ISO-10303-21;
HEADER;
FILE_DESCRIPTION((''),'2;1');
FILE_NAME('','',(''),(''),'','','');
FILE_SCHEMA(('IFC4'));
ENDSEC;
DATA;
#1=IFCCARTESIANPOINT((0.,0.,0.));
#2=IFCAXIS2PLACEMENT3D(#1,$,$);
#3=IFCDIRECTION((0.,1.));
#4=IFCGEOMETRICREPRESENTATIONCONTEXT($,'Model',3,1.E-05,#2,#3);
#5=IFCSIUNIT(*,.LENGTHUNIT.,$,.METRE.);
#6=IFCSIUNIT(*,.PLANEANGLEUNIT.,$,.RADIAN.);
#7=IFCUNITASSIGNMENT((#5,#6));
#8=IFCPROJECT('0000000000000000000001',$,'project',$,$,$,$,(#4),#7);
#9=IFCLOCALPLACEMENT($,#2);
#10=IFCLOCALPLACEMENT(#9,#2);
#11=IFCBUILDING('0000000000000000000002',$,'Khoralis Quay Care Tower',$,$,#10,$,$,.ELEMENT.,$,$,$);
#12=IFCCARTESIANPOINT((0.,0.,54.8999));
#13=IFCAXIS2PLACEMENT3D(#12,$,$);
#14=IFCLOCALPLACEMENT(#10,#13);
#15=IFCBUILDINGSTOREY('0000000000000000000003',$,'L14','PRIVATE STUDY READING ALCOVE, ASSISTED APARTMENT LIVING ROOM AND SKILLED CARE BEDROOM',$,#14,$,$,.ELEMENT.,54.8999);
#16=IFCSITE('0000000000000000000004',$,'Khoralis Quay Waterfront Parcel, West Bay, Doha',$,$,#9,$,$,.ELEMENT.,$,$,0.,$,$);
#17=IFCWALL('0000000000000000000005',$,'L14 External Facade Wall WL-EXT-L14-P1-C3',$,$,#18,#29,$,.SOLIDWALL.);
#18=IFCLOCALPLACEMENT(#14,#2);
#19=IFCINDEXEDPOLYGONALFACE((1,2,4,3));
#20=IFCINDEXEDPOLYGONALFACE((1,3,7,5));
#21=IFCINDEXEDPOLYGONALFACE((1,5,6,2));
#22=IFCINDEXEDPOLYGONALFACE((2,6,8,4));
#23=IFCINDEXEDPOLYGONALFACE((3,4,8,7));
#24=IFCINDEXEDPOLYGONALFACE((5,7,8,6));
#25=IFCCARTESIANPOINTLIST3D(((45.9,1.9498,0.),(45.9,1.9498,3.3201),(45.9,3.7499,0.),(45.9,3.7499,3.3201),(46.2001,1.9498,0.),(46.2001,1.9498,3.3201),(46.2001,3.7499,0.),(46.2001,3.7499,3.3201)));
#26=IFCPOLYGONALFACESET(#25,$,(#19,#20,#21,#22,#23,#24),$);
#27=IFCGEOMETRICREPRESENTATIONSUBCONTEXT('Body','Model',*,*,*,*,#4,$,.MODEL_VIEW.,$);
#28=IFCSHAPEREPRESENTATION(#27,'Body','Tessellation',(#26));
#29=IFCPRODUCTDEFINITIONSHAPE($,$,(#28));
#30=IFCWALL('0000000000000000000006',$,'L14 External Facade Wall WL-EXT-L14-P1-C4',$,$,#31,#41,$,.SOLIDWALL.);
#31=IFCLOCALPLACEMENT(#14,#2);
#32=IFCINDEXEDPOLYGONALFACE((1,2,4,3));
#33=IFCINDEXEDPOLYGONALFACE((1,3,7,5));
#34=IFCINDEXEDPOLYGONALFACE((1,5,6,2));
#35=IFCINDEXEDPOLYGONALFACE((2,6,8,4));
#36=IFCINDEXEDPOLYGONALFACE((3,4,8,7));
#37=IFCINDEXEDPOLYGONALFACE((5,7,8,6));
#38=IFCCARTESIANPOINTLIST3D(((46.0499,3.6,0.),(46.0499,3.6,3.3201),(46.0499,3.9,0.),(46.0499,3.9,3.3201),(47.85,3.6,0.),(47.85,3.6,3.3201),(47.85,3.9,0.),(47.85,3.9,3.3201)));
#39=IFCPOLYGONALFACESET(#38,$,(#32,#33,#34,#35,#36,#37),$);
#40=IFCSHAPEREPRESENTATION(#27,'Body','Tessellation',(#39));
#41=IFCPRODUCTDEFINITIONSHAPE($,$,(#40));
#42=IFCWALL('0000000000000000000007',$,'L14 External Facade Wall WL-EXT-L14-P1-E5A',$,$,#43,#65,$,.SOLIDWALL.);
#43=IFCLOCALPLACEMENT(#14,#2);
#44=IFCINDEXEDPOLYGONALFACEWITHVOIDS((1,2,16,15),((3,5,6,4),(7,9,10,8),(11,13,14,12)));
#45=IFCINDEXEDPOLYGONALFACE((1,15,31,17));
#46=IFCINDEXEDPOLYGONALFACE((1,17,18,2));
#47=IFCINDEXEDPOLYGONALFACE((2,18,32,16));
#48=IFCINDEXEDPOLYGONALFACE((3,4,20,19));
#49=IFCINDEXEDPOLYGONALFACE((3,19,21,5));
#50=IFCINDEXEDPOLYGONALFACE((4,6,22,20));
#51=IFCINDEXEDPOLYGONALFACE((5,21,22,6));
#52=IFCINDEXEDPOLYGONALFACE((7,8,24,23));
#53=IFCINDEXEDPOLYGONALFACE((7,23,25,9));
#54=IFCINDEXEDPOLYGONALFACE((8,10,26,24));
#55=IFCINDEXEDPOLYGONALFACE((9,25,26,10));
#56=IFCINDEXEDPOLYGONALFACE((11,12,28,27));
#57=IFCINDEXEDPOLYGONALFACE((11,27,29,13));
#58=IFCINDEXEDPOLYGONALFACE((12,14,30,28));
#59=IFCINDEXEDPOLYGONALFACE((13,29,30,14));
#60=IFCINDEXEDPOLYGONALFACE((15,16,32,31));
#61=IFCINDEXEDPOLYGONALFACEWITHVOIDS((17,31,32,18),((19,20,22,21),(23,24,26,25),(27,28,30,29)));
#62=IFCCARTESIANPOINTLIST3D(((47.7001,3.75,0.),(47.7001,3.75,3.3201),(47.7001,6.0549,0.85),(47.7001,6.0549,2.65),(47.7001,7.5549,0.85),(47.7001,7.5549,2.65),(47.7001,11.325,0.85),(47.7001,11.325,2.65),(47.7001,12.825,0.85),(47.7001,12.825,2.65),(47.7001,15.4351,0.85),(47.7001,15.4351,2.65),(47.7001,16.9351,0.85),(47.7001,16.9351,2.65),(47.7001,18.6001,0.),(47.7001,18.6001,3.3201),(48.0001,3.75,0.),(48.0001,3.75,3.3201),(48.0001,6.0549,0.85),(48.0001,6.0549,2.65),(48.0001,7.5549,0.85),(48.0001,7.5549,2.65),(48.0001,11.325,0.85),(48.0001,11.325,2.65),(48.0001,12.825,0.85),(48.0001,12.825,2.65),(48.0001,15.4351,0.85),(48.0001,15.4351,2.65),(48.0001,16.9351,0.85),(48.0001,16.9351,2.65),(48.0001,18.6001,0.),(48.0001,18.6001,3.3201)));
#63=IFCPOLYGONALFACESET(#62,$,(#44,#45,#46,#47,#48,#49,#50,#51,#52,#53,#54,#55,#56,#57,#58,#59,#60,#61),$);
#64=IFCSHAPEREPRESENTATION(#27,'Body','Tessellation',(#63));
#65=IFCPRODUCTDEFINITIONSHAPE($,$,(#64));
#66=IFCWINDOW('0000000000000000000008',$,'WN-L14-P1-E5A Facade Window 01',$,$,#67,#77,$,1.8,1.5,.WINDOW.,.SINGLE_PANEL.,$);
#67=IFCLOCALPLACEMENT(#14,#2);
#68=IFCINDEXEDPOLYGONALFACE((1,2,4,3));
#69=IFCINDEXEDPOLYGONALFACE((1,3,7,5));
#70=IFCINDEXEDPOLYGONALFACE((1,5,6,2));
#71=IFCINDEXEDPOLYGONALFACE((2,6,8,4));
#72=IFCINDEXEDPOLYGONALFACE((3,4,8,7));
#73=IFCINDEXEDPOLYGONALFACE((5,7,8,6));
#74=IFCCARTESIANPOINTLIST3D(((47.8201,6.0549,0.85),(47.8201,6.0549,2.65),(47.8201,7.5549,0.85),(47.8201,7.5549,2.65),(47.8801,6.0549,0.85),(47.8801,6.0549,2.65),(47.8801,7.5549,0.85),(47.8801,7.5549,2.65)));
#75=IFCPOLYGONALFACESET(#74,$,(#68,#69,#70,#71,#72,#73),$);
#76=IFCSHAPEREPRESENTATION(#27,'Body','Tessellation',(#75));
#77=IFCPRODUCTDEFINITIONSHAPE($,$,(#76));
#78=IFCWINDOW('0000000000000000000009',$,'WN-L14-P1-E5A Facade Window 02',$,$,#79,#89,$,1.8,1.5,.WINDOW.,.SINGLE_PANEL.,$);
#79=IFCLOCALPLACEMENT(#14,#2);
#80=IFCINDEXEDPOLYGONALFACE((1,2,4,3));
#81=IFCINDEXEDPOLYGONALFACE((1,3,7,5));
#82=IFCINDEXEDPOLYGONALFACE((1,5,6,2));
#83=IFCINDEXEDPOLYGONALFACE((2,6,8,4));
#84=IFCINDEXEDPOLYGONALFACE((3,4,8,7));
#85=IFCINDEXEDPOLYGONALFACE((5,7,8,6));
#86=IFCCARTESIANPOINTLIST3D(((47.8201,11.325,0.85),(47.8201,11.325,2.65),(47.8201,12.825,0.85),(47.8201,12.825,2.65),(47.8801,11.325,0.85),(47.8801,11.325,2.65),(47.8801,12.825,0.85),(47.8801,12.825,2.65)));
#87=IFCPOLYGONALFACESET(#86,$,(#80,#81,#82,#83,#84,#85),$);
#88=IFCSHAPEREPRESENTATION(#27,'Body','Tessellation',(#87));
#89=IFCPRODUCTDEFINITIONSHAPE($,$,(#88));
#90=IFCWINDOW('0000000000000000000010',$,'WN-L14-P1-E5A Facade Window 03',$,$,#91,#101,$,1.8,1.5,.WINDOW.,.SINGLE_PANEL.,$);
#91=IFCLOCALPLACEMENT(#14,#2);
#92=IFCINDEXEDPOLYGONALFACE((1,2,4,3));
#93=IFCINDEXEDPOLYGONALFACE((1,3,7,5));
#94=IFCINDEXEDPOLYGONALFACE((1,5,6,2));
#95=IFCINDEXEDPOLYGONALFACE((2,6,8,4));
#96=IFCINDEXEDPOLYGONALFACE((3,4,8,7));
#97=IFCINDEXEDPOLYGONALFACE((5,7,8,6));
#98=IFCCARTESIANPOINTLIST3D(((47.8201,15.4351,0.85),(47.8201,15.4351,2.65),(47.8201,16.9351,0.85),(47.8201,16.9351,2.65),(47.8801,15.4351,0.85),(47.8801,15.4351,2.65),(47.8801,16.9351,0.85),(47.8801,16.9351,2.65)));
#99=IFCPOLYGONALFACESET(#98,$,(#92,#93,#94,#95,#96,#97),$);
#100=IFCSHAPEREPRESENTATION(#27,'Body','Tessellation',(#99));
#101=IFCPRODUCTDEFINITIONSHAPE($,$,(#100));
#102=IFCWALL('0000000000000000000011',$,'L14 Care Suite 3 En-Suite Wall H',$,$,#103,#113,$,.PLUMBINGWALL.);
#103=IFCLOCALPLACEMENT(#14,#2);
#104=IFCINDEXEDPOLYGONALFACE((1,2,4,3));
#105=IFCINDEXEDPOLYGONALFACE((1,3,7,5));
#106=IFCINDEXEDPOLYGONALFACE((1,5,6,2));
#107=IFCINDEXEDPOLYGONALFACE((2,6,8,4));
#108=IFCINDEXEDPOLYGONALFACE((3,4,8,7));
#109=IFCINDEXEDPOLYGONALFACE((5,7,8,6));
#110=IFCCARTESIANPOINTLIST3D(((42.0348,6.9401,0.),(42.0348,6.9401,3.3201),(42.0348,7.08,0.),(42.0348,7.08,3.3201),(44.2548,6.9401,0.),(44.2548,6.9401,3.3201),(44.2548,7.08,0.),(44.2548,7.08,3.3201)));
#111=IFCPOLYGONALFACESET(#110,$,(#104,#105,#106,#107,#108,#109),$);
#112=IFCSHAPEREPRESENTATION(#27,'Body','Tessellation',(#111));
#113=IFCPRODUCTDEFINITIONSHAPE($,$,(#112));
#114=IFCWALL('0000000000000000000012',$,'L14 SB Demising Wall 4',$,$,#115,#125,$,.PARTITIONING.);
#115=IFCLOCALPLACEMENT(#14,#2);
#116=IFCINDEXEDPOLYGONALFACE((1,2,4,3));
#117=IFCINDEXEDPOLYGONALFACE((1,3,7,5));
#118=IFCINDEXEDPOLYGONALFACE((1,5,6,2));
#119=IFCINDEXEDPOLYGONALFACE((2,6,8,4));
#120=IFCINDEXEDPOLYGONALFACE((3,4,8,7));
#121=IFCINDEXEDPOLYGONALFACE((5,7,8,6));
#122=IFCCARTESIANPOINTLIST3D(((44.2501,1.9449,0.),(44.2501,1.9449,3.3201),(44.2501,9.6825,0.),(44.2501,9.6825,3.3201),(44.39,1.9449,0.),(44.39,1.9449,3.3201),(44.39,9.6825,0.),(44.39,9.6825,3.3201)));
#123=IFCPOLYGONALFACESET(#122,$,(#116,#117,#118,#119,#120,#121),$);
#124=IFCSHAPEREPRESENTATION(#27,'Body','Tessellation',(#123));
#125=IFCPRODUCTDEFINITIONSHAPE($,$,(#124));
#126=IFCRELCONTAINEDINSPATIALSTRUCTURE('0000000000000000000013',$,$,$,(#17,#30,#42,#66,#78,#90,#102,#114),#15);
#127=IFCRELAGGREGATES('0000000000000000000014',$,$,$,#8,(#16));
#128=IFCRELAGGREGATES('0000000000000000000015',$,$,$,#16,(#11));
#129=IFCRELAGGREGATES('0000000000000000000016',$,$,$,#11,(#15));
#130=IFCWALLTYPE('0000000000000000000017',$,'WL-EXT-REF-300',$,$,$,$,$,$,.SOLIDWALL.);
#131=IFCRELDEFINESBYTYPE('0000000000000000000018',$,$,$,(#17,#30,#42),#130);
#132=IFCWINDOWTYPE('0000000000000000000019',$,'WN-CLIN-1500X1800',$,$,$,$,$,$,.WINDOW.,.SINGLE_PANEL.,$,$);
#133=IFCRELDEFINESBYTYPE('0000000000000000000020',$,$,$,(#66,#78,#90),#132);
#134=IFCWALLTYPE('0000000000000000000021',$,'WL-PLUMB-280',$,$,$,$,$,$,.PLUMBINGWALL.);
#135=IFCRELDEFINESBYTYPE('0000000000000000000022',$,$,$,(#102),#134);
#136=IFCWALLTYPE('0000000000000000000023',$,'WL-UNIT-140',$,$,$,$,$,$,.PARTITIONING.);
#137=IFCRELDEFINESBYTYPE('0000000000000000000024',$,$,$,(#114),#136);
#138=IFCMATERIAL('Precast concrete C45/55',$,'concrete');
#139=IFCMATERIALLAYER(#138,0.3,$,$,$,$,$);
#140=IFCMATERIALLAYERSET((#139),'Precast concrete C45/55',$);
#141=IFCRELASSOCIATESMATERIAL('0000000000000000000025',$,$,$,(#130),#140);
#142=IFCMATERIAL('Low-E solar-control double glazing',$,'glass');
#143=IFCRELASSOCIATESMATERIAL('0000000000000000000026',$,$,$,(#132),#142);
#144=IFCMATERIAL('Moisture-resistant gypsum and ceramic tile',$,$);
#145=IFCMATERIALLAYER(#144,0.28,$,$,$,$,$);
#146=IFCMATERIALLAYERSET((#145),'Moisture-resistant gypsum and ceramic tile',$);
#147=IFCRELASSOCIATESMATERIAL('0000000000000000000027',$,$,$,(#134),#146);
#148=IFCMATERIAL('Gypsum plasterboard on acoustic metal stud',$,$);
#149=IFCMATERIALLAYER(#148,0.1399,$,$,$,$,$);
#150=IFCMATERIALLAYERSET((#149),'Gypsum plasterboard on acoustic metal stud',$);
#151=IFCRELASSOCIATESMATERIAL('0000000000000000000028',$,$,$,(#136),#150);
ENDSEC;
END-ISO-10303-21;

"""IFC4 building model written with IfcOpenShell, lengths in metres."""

from ifc_helpers import new_model, si_unit, direction, frame, frame_2d, origin, place, context, subcontext, project, spatial, rectangle, extrude, source, transform, mapped, material, layer, layer_set, type_object, element, fill, save


model = new_model("IFC4")

# Units and contexts
model_context = context("Model", 3, precision=1e-05, world=origin(), true_north=direction((0.0, 1.0)))
body_context = subcontext(model_context, "Body", "Model", "MODEL_VIEW")
ifc_project = project(units=[si_unit("LENGTHUNIT", "METRE"), si_unit("PLANEANGLEUNIT", "RADIAN")], contexts=[model_context])

# Site, building, storey
site_placement = place(None, origin())
site = spatial("IfcSite", under=ifc_project, at=site_placement, Name="Khoralis Quay Waterfront Parcel, West Bay, Doha", CompositionType="ELEMENT", RefElevation=0.0)
building_placement = place(site_placement, origin())
building = spatial("IfcBuilding", under=site, at=building_placement, Name="Khoralis Quay Care Tower", CompositionType="ELEMENT")
storey_placement = place(building_placement, frame((0.0, 0.0, 54.8999)))
storey = spatial("IfcBuildingStorey", under=building, at=storey_placement, Name="L14", Description="PRIVATE STUDY READING ALCOVE, ASSISTED APARTMENT LIVING ROOM AND SKILLED CARE BEDROOM", CompositionType="ELEMENT", Elevation=54.8999)

# Walls
ifc_material_1 = material(Name="Precast concrete C45/55", Category="concrete")
ifc_layer_1 = layer(ifc_material_1, 0.3)
ifc_layer_set_1 = layer_set([ifc_layer_1], Name="Precast concrete C45/55")
wall_type_1 = type_object("IfcWallType", Name="WL-EXT-REF-300", PredefinedType="SOLIDWALL", material=ifc_layer_set_1)
for number, where, z_axis, x_axis, name in (
    (1, (46.05, 1.95, 0.0), (0.0, 0.0, 1.0), (0.0, 1.0, 0.0), "L14 External Facade Wall WL-EXT-L14-P1-C3"),
    (2, (46.05, 3.75, 0.0), (0.0, 0.0, 1.0), (1.0, 0.0, 0.0), "L14 External Facade Wall WL-EXT-L14-P1-C4"),
):
    element("IfcWall", number, at=place(storey_placement, frame(where, z_axis=z_axis, x_axis=x_axis)), inside=storey, type_object=wall_type_1, Name=name, PredefinedType="SOLIDWALL", context=body_context, shape_type="SweptSolid", body=[
        extrude(rectangle(XDim=1.8, YDim=0.3, at=frame_2d((0.8999, 0.0))), origin(), (0.0, 0.0, 1.0), 3.3201),
    ])

# Wall, openings, windows
wall_1_placement = place(storey_placement, frame((47.8501, 3.75, 0.0), z_axis=(0.0, 0.0, 1.0), x_axis=(0.0, 1.0, 0.0)))
wall_1 = element("IfcWall", 3, at=wall_1_placement, inside=storey, type_object=wall_type_1, Name="L14 External Facade Wall WL-EXT-L14-P1-E5A", PredefinedType="SOLIDWALL", context=body_context, shape_type="SweptSolid", body=[
    extrude(rectangle(XDim=14.8501, YDim=0.3, at=frame_2d((7.425, 0.0))), origin(), (0.0, 0.0, 1.0), 3.3201),
])
opening_1_placement = place(wall_1_placement, frame((2.3049, 0.0, 0.8501)))
opening_1 = element("IfcOpeningElement", 4, at=opening_1_placement, cuts=wall_1, PredefinedType="OPENING", context=body_context, shape_type="SweptSolid", body=[
    extrude(rectangle(XDim=1.5, YDim=1.8, at=frame_2d((0.75, 0.8999))), frame((0.0, 0.1602, 0.0), z_axis=(0.0, -1.0, 0.0), x_axis=(1.0, 0.0, 0.0)), (0.0, 0.0, 1.0), 0.3201),
])
opening_2_placement = place(wall_1_placement, frame((7.575, 0.0, 0.8501)))
opening_2 = element("IfcOpeningElement", 5, at=opening_2_placement, cuts=wall_1, PredefinedType="OPENING", context=body_context, shape_type="SweptSolid", body=[
    extrude(rectangle(XDim=1.5, YDim=1.8, at=frame_2d((0.75, 0.8999))), frame((0.0, 0.1602, 0.0), z_axis=(0.0, -1.0, 0.0), x_axis=(1.0, 0.0, 0.0)), (0.0, 0.0, 1.0), 0.3201),
])
opening_3_placement = place(wall_1_placement, frame((11.6851, 0.0, 0.8501)))
opening_3 = element("IfcOpeningElement", 6, at=opening_3_placement, cuts=wall_1, PredefinedType="OPENING", context=body_context, shape_type="SweptSolid", body=[
    extrude(rectangle(XDim=1.5, YDim=1.8, at=frame_2d((0.75, 0.8999))), frame((0.0, 0.1602, 0.0), z_axis=(0.0, -1.0, 0.0), x_axis=(1.0, 0.0, 0.0)), (0.0, 0.0, 1.0), 0.3201),
])
ifc_material_2 = material(Name="Low-E solar-control double glazing", Category="glass")
window_type = type_object("IfcWindowType", Name="WN-CLIN-1500X1800", PartitioningType="SINGLE_PANEL", PredefinedType="WINDOW", material=ifc_material_2)
shared_shape_1 = source(origin(), body_context, "Body", "SweptSolid", [
    extrude(rectangle(XDim=1.5, YDim=1.8, at=frame_2d((0.75, 0.8999))), frame((0.0, 0.03, 0.0), z_axis=(0.0, -1.0, 0.0), x_axis=(1.0, 0.0, 0.0)), (0.0, 0.0, 1.0), 0.0601),
])
window_1_placement = place(opening_1_placement, origin())
window_1 = element("IfcWindow", 7, at=window_1_placement, inside=storey, type_object=window_type, Name="WN-L14-P1-E5A Facade Window 01", OverallHeight=1.8, OverallWidth=1.5, PartitioningType="SINGLE_PANEL", PredefinedType="WINDOW", context=body_context, shape_type="MappedRepresentation", body=[
    mapped(shared_shape_1, transform((0.0, 0.0, 0.0), scale=1.0)),
])
fill(opening_1, window_1)
window_2_placement = place(opening_2_placement, origin())
window_2 = element("IfcWindow", 8, at=window_2_placement, inside=storey, type_object=window_type, Name="WN-L14-P1-E5A Facade Window 02", OverallHeight=1.8, OverallWidth=1.5, PartitioningType="SINGLE_PANEL", PredefinedType="WINDOW", context=body_context, shape_type="MappedRepresentation", body=[
    mapped(shared_shape_1, transform((0.0, 0.0, 0.0), scale=1.0)),
])
fill(opening_2, window_2)
window_3_placement = place(opening_3_placement, origin())
window_3 = element("IfcWindow", 9, at=window_3_placement, inside=storey, type_object=window_type, Name="WN-L14-P1-E5A Facade Window 03", OverallHeight=1.8, OverallWidth=1.5, PartitioningType="SINGLE_PANEL", PredefinedType="WINDOW", context=body_context, shape_type="MappedRepresentation", body=[
    mapped(shared_shape_1, transform((0.0, 0.0, 0.0), scale=1.0)),
])
fill(opening_3, window_3)

# Walls
ifc_material_3 = material(Name="Moisture-resistant gypsum and ceramic tile")
ifc_layer_2 = layer(ifc_material_3, 0.28)
ifc_layer_set_2 = layer_set([ifc_layer_2], Name="Moisture-resistant gypsum and ceramic tile")
wall_type_2 = type_object("IfcWallType", Name="WL-PLUMB-280", PredefinedType="PLUMBINGWALL", material=ifc_layer_set_2)
wall_2_placement = place(storey_placement, frame((42.0349, 7.01, 0.0), z_axis=(0.0, 0.0, 1.0), x_axis=(1.0, 0.0, 0.0)))
element("IfcWall", 10, at=wall_2_placement, inside=storey, type_object=wall_type_2, Name="L14 Care Suite 3 En-Suite Wall H", PredefinedType="PLUMBINGWALL", context=body_context, shape_type="SweptSolid", body=[
    extrude(rectangle(XDim=2.22, YDim=0.1399, at=frame_2d((1.1099, 0.0))), origin(), (0.0, 0.0, 1.0), 3.3201),
])
ifc_material_4 = material(Name="Gypsum plasterboard on acoustic metal stud")
ifc_layer_3 = layer(ifc_material_4, 0.1399)
ifc_layer_set_3 = layer_set([ifc_layer_3], Name="Gypsum plasterboard on acoustic metal stud")
wall_type_3 = type_object("IfcWallType", Name="WL-UNIT-140", PredefinedType="PARTITIONING", material=ifc_layer_set_3)
wall_3_placement = place(storey_placement, frame((44.3201, 1.9451, 0.0), z_axis=(0.0, 0.0, 1.0), x_axis=(0.0, 1.0, 0.0)))
element("IfcWall", 11, at=wall_3_placement, inside=storey, type_object=wall_type_3, Name="L14 SB Demising Wall 4", PredefinedType="PARTITIONING", context=body_context, shape_type="SweptSolid", body=[
    extrude(rectangle(XDim=7.7375, YDim=0.1399, at=frame_2d((3.8687, 0.0))), origin(), (0.0, 0.0, 1.0), 3.3201),
])

save(model, "model.ifc")
